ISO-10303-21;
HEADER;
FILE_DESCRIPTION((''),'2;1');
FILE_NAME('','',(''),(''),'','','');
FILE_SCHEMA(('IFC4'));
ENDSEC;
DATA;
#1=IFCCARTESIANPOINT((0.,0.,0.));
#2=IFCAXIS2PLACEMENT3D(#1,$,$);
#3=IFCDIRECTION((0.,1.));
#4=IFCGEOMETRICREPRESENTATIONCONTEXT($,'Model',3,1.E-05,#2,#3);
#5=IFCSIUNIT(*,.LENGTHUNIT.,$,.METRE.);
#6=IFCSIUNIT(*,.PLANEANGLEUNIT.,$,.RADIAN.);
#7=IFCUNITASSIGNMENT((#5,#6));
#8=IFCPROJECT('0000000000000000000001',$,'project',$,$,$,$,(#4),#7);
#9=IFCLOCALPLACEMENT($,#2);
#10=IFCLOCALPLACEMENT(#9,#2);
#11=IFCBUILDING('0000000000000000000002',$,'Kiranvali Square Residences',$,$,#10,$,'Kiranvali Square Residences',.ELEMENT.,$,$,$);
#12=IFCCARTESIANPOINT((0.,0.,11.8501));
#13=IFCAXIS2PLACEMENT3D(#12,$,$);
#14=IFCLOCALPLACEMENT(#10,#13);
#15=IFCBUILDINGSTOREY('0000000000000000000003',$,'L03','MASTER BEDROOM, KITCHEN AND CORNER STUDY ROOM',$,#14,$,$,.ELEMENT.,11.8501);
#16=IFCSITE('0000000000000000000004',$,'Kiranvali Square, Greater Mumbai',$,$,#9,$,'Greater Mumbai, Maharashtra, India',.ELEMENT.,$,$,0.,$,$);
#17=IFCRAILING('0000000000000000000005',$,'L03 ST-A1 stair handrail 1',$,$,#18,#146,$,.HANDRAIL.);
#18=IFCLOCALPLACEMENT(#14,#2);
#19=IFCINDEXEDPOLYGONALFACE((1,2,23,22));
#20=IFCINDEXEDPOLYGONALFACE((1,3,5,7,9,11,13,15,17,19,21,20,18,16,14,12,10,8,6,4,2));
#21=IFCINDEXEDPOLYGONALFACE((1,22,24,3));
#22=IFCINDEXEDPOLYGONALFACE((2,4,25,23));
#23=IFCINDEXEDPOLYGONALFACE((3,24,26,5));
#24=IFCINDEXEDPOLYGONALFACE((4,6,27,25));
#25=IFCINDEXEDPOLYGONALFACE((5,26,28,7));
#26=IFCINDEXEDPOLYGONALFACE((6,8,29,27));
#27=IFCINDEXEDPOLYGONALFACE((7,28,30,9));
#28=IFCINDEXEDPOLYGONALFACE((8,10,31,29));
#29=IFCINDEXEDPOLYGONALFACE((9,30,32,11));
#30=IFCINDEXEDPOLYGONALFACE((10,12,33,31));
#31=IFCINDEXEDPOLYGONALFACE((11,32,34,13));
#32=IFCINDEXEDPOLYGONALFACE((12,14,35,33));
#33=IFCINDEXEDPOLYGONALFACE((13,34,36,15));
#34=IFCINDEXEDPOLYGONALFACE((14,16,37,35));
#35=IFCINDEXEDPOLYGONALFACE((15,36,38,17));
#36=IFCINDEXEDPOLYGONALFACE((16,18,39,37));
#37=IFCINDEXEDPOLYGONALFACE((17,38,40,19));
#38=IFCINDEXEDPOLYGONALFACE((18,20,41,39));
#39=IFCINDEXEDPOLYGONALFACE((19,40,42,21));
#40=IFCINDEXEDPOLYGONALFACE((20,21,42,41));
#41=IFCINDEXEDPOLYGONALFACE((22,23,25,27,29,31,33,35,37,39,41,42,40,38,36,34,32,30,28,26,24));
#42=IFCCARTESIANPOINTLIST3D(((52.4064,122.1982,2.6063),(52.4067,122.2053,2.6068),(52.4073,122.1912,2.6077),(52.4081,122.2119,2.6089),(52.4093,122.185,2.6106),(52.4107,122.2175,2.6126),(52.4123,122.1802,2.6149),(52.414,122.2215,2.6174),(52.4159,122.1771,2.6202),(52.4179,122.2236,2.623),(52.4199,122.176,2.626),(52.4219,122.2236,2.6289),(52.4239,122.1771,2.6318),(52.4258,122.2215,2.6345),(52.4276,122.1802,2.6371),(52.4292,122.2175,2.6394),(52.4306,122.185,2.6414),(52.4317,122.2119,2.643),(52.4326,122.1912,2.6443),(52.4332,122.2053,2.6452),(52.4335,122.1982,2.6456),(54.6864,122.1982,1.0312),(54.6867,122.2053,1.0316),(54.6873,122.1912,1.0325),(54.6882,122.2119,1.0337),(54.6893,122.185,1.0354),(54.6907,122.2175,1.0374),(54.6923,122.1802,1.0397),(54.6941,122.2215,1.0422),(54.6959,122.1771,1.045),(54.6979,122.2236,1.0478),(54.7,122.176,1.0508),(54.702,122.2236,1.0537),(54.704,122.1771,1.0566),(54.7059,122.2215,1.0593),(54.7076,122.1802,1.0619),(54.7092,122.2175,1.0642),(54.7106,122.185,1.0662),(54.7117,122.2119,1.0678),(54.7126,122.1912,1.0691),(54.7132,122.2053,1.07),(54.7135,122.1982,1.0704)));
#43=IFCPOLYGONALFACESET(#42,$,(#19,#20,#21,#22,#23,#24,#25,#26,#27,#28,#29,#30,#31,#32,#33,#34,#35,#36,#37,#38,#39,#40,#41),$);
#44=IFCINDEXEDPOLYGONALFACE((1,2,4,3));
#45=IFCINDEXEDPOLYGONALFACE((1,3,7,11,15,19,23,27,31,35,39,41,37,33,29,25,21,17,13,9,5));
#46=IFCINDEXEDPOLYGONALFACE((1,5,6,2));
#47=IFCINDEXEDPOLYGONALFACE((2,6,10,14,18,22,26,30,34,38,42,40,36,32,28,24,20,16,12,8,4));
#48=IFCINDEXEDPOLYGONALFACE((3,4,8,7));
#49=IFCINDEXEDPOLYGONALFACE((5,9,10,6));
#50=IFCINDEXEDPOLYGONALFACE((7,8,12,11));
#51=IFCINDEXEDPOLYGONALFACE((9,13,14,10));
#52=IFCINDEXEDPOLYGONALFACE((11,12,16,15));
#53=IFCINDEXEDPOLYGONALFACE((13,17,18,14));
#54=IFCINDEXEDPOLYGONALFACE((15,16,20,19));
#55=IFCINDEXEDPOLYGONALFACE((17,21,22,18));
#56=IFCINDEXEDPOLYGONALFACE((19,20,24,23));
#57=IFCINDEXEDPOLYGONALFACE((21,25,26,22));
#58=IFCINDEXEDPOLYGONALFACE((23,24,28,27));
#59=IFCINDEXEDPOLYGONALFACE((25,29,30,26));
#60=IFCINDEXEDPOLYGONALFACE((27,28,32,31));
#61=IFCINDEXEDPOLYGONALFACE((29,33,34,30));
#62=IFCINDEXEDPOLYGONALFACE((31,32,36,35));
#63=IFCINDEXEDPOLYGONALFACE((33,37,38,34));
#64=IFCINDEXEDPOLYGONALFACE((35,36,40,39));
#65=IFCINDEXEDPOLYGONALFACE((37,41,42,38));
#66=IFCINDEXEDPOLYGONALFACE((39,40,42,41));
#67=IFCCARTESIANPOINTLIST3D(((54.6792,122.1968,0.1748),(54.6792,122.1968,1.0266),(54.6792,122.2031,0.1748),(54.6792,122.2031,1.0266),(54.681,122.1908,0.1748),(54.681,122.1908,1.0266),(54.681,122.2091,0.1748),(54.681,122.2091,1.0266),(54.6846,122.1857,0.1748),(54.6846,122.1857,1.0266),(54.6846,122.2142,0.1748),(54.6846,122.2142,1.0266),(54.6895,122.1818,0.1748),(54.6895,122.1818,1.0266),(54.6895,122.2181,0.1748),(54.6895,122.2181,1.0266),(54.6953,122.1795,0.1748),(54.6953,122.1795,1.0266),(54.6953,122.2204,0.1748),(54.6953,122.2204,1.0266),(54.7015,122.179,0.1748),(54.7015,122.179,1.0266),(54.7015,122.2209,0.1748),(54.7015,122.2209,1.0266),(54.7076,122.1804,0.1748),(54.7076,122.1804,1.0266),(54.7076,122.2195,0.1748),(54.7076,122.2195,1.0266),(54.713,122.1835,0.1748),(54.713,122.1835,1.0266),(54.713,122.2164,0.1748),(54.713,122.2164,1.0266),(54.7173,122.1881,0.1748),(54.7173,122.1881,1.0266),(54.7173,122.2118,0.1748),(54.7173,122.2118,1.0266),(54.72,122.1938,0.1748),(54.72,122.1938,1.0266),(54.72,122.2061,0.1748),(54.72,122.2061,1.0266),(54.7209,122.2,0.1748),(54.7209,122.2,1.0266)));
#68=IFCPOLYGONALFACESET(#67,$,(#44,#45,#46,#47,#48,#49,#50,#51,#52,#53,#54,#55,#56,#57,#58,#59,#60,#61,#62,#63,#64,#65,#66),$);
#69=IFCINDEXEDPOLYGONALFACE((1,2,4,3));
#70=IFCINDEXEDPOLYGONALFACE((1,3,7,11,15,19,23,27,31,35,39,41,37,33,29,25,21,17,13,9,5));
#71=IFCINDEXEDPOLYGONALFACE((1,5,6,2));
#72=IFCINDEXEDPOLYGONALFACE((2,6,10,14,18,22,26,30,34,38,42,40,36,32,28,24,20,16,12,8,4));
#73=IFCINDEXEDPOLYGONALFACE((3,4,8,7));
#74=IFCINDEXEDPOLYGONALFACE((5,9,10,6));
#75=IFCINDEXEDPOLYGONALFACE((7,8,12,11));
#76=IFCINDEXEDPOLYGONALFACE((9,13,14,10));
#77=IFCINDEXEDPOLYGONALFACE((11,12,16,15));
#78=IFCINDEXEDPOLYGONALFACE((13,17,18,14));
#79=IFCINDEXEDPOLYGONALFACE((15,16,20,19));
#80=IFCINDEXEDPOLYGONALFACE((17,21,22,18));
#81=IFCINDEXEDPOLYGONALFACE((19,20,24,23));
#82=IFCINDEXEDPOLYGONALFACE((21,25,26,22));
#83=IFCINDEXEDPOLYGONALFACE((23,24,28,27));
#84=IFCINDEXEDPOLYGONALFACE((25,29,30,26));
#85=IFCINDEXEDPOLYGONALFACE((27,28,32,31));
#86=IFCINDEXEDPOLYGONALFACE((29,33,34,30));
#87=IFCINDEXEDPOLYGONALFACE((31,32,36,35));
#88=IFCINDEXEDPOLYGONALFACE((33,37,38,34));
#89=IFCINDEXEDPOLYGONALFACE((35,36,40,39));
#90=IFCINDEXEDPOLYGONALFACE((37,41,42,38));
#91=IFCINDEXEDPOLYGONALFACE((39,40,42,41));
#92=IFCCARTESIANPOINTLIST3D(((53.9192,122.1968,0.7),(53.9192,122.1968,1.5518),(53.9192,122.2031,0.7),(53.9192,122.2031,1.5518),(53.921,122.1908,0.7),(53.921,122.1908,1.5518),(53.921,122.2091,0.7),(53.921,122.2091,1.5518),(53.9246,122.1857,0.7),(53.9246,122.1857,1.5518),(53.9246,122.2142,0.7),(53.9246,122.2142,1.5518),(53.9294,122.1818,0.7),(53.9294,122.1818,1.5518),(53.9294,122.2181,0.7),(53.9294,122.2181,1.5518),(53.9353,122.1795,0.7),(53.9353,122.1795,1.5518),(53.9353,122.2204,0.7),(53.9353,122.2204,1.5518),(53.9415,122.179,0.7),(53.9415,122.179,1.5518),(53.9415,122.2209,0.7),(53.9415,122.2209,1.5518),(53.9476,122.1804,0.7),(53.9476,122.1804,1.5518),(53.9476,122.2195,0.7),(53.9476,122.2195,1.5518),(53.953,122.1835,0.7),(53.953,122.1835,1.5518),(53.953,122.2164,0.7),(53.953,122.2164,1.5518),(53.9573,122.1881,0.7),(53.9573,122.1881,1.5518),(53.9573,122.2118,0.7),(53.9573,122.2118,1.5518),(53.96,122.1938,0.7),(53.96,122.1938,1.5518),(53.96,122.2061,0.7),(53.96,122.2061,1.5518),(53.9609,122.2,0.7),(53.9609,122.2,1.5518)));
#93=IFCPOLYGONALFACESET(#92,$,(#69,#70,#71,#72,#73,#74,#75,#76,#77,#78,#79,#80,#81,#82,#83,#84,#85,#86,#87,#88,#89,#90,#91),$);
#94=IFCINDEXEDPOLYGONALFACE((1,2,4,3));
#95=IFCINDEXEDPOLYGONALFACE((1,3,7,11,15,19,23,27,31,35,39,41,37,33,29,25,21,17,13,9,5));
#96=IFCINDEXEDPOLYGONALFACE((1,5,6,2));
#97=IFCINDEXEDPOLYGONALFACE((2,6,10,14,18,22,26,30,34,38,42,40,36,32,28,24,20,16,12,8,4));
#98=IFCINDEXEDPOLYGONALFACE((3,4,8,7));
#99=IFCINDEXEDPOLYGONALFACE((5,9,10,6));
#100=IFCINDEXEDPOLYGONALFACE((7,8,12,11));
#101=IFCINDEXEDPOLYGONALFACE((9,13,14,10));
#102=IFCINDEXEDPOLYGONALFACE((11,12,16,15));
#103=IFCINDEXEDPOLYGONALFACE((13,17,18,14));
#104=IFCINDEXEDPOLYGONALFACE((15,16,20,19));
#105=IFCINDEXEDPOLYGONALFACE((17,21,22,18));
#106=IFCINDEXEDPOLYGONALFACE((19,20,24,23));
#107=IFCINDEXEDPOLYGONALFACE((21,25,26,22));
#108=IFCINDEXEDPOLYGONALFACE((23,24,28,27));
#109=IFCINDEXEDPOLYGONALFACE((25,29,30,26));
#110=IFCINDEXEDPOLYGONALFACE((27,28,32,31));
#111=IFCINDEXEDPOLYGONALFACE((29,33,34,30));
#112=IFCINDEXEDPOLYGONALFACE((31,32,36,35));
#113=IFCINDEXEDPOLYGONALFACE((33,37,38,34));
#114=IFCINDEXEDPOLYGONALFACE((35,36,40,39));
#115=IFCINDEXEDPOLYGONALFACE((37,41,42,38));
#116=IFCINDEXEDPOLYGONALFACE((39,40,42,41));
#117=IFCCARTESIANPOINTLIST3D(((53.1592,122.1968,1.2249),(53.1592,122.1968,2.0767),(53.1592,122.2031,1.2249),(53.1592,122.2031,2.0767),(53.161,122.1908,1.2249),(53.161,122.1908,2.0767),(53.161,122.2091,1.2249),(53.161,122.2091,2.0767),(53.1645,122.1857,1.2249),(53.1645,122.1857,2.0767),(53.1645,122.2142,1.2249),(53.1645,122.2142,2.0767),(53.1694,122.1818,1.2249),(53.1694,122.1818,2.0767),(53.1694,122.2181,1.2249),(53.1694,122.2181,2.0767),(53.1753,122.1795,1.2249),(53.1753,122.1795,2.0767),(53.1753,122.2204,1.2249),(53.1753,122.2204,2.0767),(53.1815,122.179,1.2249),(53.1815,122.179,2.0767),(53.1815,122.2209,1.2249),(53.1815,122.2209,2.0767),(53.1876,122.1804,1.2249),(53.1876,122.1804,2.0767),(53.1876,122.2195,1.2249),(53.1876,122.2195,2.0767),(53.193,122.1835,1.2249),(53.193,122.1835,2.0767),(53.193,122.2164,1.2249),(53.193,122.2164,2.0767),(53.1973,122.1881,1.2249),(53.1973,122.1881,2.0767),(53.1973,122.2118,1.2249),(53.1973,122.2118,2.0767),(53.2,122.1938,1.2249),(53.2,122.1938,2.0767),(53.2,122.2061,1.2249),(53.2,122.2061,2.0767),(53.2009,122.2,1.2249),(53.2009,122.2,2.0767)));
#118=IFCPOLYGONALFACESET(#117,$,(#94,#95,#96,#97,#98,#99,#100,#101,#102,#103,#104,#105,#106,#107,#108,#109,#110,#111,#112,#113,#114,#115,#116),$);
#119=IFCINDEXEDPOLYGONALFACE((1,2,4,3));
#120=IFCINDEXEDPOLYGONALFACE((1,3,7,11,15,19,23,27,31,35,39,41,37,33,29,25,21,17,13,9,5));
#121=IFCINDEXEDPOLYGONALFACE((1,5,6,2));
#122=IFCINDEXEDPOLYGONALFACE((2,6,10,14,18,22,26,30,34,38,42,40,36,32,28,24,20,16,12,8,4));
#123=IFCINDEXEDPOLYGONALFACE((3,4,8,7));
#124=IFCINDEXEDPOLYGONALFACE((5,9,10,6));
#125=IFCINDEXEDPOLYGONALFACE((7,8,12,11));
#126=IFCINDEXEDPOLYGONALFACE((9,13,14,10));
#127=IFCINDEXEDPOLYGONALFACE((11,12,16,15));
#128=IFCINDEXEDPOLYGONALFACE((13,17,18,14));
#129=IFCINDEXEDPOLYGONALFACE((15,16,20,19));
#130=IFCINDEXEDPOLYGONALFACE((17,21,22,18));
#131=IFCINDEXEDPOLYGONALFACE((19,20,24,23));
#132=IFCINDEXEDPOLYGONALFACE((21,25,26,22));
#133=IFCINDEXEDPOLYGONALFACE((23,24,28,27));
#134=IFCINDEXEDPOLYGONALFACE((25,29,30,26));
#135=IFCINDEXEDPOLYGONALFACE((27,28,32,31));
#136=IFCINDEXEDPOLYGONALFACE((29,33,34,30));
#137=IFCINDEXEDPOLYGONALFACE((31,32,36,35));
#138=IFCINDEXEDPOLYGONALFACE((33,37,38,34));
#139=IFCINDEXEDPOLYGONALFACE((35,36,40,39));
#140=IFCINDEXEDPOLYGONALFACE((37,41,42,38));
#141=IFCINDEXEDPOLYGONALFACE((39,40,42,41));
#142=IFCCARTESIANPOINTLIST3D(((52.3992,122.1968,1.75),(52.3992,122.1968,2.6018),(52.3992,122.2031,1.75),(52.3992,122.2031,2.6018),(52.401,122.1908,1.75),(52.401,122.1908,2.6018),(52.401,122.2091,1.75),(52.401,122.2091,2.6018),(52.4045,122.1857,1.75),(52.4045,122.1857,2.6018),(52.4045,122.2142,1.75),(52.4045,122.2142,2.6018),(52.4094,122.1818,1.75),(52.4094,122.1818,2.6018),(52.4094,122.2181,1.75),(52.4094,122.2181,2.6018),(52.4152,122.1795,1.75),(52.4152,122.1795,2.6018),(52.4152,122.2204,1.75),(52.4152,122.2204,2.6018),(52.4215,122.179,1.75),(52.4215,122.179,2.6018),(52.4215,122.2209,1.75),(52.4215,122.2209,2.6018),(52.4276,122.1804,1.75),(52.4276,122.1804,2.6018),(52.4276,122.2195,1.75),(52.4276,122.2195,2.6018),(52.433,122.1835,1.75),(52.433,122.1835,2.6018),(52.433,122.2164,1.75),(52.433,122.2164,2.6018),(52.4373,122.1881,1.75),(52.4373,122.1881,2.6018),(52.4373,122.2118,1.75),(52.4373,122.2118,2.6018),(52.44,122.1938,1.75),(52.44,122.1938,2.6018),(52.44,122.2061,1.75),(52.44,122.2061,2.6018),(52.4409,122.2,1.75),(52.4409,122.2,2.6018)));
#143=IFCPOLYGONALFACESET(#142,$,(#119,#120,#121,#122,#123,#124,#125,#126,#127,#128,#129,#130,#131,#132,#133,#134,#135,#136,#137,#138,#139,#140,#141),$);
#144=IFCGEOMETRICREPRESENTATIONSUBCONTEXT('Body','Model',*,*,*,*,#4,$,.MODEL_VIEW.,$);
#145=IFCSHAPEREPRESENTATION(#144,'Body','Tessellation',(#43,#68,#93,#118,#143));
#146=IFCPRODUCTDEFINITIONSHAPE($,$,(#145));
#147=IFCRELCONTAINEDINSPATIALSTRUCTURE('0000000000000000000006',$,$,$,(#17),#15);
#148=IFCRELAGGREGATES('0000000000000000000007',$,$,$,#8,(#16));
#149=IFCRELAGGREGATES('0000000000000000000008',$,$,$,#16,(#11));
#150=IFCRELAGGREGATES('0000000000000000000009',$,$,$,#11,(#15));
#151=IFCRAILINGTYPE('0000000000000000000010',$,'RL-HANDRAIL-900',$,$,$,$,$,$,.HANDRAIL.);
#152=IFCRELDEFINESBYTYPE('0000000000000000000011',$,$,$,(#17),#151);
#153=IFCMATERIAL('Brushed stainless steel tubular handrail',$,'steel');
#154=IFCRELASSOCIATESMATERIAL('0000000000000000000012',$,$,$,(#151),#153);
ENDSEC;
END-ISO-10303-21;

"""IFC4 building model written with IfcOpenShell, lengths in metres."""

from ifc_helpers import new_model, si_unit, direction, frame, origin, origin_2d, place, context, subcontext, project, spatial, circle, extrude, material, type_object, element, save


model = new_model("IFC4")

# Units and contexts
model_context = context("Model", 3, precision=1e-05, world=origin(), true_north=direction((0.0, 1.0)))
body_context = subcontext(model_context, "Body", "Model", "MODEL_VIEW")
ifc_project = project(units=[si_unit("LENGTHUNIT", "METRE"), si_unit("PLANEANGLEUNIT", "RADIAN")], contexts=[model_context])

# Site, building, storey
site_placement = place(None, origin())
site = spatial("IfcSite", under=ifc_project, at=site_placement, Name="Kiranvali Square, Greater Mumbai", LongName="Greater Mumbai, Maharashtra, India", CompositionType="ELEMENT", RefElevation=0.0)
building_placement = place(site_placement, origin())
building = spatial("IfcBuilding", under=site, at=building_placement, Name="Kiranvali Square Residences", LongName="Kiranvali Square Residences", CompositionType="ELEMENT")
storey_placement = place(building_placement, frame((0.0, 0.0, 11.8501)))
storey = spatial("IfcBuildingStorey", under=building, at=storey_placement, Name="L03", Description="MASTER BEDROOM, KITCHEN AND CORNER STUDY ROOM", CompositionType="ELEMENT", Elevation=11.8501)

# Railing
ifc_material_1 = material(Name="Brushed stainless steel tubular handrail", Category="steel")
railing_type_1 = type_object("IfcRailingType", Name="RL-HANDRAIL-900", PredefinedType="HANDRAIL", material=ifc_material_1)
railing_1_placement = place(storey_placement, frame((54.7, 122.2, 0.1748)))
element("IfcRailing", 1, at=railing_1_placement, inside=storey, type_object=railing_type_1, Name="L03 ST-A1 stair handrail 1", PredefinedType="HANDRAIL", context=body_context, shape_type="SweptSolid", body=[
    extrude(circle(Radius=0.0239, at=origin_2d()), frame((0.0, 0.0, 0.876), z_axis=(-0.822747, 0.0, 0.568408), x_axis=(0.0, -1.0, 0.0)), (0.0, 0.0, 1.0), 2.7712),
    extrude(circle(Radius=0.021, at=origin_2d()), origin(), (0.0, 0.0, 1.0), 0.8518),
    extrude(circle(Radius=0.021, at=origin_2d()), frame((-0.76, 0.0, 0.5251)), (0.0, 0.0, 1.0), 0.8518),
    extrude(circle(Radius=0.021, at=origin_2d()), frame((-1.52, 0.0, 1.05)), (0.0, 0.0, 1.0), 0.8518),
    extrude(circle(Radius=0.021, at=origin_2d()), frame((-2.28, 0.0, 1.5752)), (0.0, 0.0, 1.0), 0.8518),
])

save(model, "model.ifc")
